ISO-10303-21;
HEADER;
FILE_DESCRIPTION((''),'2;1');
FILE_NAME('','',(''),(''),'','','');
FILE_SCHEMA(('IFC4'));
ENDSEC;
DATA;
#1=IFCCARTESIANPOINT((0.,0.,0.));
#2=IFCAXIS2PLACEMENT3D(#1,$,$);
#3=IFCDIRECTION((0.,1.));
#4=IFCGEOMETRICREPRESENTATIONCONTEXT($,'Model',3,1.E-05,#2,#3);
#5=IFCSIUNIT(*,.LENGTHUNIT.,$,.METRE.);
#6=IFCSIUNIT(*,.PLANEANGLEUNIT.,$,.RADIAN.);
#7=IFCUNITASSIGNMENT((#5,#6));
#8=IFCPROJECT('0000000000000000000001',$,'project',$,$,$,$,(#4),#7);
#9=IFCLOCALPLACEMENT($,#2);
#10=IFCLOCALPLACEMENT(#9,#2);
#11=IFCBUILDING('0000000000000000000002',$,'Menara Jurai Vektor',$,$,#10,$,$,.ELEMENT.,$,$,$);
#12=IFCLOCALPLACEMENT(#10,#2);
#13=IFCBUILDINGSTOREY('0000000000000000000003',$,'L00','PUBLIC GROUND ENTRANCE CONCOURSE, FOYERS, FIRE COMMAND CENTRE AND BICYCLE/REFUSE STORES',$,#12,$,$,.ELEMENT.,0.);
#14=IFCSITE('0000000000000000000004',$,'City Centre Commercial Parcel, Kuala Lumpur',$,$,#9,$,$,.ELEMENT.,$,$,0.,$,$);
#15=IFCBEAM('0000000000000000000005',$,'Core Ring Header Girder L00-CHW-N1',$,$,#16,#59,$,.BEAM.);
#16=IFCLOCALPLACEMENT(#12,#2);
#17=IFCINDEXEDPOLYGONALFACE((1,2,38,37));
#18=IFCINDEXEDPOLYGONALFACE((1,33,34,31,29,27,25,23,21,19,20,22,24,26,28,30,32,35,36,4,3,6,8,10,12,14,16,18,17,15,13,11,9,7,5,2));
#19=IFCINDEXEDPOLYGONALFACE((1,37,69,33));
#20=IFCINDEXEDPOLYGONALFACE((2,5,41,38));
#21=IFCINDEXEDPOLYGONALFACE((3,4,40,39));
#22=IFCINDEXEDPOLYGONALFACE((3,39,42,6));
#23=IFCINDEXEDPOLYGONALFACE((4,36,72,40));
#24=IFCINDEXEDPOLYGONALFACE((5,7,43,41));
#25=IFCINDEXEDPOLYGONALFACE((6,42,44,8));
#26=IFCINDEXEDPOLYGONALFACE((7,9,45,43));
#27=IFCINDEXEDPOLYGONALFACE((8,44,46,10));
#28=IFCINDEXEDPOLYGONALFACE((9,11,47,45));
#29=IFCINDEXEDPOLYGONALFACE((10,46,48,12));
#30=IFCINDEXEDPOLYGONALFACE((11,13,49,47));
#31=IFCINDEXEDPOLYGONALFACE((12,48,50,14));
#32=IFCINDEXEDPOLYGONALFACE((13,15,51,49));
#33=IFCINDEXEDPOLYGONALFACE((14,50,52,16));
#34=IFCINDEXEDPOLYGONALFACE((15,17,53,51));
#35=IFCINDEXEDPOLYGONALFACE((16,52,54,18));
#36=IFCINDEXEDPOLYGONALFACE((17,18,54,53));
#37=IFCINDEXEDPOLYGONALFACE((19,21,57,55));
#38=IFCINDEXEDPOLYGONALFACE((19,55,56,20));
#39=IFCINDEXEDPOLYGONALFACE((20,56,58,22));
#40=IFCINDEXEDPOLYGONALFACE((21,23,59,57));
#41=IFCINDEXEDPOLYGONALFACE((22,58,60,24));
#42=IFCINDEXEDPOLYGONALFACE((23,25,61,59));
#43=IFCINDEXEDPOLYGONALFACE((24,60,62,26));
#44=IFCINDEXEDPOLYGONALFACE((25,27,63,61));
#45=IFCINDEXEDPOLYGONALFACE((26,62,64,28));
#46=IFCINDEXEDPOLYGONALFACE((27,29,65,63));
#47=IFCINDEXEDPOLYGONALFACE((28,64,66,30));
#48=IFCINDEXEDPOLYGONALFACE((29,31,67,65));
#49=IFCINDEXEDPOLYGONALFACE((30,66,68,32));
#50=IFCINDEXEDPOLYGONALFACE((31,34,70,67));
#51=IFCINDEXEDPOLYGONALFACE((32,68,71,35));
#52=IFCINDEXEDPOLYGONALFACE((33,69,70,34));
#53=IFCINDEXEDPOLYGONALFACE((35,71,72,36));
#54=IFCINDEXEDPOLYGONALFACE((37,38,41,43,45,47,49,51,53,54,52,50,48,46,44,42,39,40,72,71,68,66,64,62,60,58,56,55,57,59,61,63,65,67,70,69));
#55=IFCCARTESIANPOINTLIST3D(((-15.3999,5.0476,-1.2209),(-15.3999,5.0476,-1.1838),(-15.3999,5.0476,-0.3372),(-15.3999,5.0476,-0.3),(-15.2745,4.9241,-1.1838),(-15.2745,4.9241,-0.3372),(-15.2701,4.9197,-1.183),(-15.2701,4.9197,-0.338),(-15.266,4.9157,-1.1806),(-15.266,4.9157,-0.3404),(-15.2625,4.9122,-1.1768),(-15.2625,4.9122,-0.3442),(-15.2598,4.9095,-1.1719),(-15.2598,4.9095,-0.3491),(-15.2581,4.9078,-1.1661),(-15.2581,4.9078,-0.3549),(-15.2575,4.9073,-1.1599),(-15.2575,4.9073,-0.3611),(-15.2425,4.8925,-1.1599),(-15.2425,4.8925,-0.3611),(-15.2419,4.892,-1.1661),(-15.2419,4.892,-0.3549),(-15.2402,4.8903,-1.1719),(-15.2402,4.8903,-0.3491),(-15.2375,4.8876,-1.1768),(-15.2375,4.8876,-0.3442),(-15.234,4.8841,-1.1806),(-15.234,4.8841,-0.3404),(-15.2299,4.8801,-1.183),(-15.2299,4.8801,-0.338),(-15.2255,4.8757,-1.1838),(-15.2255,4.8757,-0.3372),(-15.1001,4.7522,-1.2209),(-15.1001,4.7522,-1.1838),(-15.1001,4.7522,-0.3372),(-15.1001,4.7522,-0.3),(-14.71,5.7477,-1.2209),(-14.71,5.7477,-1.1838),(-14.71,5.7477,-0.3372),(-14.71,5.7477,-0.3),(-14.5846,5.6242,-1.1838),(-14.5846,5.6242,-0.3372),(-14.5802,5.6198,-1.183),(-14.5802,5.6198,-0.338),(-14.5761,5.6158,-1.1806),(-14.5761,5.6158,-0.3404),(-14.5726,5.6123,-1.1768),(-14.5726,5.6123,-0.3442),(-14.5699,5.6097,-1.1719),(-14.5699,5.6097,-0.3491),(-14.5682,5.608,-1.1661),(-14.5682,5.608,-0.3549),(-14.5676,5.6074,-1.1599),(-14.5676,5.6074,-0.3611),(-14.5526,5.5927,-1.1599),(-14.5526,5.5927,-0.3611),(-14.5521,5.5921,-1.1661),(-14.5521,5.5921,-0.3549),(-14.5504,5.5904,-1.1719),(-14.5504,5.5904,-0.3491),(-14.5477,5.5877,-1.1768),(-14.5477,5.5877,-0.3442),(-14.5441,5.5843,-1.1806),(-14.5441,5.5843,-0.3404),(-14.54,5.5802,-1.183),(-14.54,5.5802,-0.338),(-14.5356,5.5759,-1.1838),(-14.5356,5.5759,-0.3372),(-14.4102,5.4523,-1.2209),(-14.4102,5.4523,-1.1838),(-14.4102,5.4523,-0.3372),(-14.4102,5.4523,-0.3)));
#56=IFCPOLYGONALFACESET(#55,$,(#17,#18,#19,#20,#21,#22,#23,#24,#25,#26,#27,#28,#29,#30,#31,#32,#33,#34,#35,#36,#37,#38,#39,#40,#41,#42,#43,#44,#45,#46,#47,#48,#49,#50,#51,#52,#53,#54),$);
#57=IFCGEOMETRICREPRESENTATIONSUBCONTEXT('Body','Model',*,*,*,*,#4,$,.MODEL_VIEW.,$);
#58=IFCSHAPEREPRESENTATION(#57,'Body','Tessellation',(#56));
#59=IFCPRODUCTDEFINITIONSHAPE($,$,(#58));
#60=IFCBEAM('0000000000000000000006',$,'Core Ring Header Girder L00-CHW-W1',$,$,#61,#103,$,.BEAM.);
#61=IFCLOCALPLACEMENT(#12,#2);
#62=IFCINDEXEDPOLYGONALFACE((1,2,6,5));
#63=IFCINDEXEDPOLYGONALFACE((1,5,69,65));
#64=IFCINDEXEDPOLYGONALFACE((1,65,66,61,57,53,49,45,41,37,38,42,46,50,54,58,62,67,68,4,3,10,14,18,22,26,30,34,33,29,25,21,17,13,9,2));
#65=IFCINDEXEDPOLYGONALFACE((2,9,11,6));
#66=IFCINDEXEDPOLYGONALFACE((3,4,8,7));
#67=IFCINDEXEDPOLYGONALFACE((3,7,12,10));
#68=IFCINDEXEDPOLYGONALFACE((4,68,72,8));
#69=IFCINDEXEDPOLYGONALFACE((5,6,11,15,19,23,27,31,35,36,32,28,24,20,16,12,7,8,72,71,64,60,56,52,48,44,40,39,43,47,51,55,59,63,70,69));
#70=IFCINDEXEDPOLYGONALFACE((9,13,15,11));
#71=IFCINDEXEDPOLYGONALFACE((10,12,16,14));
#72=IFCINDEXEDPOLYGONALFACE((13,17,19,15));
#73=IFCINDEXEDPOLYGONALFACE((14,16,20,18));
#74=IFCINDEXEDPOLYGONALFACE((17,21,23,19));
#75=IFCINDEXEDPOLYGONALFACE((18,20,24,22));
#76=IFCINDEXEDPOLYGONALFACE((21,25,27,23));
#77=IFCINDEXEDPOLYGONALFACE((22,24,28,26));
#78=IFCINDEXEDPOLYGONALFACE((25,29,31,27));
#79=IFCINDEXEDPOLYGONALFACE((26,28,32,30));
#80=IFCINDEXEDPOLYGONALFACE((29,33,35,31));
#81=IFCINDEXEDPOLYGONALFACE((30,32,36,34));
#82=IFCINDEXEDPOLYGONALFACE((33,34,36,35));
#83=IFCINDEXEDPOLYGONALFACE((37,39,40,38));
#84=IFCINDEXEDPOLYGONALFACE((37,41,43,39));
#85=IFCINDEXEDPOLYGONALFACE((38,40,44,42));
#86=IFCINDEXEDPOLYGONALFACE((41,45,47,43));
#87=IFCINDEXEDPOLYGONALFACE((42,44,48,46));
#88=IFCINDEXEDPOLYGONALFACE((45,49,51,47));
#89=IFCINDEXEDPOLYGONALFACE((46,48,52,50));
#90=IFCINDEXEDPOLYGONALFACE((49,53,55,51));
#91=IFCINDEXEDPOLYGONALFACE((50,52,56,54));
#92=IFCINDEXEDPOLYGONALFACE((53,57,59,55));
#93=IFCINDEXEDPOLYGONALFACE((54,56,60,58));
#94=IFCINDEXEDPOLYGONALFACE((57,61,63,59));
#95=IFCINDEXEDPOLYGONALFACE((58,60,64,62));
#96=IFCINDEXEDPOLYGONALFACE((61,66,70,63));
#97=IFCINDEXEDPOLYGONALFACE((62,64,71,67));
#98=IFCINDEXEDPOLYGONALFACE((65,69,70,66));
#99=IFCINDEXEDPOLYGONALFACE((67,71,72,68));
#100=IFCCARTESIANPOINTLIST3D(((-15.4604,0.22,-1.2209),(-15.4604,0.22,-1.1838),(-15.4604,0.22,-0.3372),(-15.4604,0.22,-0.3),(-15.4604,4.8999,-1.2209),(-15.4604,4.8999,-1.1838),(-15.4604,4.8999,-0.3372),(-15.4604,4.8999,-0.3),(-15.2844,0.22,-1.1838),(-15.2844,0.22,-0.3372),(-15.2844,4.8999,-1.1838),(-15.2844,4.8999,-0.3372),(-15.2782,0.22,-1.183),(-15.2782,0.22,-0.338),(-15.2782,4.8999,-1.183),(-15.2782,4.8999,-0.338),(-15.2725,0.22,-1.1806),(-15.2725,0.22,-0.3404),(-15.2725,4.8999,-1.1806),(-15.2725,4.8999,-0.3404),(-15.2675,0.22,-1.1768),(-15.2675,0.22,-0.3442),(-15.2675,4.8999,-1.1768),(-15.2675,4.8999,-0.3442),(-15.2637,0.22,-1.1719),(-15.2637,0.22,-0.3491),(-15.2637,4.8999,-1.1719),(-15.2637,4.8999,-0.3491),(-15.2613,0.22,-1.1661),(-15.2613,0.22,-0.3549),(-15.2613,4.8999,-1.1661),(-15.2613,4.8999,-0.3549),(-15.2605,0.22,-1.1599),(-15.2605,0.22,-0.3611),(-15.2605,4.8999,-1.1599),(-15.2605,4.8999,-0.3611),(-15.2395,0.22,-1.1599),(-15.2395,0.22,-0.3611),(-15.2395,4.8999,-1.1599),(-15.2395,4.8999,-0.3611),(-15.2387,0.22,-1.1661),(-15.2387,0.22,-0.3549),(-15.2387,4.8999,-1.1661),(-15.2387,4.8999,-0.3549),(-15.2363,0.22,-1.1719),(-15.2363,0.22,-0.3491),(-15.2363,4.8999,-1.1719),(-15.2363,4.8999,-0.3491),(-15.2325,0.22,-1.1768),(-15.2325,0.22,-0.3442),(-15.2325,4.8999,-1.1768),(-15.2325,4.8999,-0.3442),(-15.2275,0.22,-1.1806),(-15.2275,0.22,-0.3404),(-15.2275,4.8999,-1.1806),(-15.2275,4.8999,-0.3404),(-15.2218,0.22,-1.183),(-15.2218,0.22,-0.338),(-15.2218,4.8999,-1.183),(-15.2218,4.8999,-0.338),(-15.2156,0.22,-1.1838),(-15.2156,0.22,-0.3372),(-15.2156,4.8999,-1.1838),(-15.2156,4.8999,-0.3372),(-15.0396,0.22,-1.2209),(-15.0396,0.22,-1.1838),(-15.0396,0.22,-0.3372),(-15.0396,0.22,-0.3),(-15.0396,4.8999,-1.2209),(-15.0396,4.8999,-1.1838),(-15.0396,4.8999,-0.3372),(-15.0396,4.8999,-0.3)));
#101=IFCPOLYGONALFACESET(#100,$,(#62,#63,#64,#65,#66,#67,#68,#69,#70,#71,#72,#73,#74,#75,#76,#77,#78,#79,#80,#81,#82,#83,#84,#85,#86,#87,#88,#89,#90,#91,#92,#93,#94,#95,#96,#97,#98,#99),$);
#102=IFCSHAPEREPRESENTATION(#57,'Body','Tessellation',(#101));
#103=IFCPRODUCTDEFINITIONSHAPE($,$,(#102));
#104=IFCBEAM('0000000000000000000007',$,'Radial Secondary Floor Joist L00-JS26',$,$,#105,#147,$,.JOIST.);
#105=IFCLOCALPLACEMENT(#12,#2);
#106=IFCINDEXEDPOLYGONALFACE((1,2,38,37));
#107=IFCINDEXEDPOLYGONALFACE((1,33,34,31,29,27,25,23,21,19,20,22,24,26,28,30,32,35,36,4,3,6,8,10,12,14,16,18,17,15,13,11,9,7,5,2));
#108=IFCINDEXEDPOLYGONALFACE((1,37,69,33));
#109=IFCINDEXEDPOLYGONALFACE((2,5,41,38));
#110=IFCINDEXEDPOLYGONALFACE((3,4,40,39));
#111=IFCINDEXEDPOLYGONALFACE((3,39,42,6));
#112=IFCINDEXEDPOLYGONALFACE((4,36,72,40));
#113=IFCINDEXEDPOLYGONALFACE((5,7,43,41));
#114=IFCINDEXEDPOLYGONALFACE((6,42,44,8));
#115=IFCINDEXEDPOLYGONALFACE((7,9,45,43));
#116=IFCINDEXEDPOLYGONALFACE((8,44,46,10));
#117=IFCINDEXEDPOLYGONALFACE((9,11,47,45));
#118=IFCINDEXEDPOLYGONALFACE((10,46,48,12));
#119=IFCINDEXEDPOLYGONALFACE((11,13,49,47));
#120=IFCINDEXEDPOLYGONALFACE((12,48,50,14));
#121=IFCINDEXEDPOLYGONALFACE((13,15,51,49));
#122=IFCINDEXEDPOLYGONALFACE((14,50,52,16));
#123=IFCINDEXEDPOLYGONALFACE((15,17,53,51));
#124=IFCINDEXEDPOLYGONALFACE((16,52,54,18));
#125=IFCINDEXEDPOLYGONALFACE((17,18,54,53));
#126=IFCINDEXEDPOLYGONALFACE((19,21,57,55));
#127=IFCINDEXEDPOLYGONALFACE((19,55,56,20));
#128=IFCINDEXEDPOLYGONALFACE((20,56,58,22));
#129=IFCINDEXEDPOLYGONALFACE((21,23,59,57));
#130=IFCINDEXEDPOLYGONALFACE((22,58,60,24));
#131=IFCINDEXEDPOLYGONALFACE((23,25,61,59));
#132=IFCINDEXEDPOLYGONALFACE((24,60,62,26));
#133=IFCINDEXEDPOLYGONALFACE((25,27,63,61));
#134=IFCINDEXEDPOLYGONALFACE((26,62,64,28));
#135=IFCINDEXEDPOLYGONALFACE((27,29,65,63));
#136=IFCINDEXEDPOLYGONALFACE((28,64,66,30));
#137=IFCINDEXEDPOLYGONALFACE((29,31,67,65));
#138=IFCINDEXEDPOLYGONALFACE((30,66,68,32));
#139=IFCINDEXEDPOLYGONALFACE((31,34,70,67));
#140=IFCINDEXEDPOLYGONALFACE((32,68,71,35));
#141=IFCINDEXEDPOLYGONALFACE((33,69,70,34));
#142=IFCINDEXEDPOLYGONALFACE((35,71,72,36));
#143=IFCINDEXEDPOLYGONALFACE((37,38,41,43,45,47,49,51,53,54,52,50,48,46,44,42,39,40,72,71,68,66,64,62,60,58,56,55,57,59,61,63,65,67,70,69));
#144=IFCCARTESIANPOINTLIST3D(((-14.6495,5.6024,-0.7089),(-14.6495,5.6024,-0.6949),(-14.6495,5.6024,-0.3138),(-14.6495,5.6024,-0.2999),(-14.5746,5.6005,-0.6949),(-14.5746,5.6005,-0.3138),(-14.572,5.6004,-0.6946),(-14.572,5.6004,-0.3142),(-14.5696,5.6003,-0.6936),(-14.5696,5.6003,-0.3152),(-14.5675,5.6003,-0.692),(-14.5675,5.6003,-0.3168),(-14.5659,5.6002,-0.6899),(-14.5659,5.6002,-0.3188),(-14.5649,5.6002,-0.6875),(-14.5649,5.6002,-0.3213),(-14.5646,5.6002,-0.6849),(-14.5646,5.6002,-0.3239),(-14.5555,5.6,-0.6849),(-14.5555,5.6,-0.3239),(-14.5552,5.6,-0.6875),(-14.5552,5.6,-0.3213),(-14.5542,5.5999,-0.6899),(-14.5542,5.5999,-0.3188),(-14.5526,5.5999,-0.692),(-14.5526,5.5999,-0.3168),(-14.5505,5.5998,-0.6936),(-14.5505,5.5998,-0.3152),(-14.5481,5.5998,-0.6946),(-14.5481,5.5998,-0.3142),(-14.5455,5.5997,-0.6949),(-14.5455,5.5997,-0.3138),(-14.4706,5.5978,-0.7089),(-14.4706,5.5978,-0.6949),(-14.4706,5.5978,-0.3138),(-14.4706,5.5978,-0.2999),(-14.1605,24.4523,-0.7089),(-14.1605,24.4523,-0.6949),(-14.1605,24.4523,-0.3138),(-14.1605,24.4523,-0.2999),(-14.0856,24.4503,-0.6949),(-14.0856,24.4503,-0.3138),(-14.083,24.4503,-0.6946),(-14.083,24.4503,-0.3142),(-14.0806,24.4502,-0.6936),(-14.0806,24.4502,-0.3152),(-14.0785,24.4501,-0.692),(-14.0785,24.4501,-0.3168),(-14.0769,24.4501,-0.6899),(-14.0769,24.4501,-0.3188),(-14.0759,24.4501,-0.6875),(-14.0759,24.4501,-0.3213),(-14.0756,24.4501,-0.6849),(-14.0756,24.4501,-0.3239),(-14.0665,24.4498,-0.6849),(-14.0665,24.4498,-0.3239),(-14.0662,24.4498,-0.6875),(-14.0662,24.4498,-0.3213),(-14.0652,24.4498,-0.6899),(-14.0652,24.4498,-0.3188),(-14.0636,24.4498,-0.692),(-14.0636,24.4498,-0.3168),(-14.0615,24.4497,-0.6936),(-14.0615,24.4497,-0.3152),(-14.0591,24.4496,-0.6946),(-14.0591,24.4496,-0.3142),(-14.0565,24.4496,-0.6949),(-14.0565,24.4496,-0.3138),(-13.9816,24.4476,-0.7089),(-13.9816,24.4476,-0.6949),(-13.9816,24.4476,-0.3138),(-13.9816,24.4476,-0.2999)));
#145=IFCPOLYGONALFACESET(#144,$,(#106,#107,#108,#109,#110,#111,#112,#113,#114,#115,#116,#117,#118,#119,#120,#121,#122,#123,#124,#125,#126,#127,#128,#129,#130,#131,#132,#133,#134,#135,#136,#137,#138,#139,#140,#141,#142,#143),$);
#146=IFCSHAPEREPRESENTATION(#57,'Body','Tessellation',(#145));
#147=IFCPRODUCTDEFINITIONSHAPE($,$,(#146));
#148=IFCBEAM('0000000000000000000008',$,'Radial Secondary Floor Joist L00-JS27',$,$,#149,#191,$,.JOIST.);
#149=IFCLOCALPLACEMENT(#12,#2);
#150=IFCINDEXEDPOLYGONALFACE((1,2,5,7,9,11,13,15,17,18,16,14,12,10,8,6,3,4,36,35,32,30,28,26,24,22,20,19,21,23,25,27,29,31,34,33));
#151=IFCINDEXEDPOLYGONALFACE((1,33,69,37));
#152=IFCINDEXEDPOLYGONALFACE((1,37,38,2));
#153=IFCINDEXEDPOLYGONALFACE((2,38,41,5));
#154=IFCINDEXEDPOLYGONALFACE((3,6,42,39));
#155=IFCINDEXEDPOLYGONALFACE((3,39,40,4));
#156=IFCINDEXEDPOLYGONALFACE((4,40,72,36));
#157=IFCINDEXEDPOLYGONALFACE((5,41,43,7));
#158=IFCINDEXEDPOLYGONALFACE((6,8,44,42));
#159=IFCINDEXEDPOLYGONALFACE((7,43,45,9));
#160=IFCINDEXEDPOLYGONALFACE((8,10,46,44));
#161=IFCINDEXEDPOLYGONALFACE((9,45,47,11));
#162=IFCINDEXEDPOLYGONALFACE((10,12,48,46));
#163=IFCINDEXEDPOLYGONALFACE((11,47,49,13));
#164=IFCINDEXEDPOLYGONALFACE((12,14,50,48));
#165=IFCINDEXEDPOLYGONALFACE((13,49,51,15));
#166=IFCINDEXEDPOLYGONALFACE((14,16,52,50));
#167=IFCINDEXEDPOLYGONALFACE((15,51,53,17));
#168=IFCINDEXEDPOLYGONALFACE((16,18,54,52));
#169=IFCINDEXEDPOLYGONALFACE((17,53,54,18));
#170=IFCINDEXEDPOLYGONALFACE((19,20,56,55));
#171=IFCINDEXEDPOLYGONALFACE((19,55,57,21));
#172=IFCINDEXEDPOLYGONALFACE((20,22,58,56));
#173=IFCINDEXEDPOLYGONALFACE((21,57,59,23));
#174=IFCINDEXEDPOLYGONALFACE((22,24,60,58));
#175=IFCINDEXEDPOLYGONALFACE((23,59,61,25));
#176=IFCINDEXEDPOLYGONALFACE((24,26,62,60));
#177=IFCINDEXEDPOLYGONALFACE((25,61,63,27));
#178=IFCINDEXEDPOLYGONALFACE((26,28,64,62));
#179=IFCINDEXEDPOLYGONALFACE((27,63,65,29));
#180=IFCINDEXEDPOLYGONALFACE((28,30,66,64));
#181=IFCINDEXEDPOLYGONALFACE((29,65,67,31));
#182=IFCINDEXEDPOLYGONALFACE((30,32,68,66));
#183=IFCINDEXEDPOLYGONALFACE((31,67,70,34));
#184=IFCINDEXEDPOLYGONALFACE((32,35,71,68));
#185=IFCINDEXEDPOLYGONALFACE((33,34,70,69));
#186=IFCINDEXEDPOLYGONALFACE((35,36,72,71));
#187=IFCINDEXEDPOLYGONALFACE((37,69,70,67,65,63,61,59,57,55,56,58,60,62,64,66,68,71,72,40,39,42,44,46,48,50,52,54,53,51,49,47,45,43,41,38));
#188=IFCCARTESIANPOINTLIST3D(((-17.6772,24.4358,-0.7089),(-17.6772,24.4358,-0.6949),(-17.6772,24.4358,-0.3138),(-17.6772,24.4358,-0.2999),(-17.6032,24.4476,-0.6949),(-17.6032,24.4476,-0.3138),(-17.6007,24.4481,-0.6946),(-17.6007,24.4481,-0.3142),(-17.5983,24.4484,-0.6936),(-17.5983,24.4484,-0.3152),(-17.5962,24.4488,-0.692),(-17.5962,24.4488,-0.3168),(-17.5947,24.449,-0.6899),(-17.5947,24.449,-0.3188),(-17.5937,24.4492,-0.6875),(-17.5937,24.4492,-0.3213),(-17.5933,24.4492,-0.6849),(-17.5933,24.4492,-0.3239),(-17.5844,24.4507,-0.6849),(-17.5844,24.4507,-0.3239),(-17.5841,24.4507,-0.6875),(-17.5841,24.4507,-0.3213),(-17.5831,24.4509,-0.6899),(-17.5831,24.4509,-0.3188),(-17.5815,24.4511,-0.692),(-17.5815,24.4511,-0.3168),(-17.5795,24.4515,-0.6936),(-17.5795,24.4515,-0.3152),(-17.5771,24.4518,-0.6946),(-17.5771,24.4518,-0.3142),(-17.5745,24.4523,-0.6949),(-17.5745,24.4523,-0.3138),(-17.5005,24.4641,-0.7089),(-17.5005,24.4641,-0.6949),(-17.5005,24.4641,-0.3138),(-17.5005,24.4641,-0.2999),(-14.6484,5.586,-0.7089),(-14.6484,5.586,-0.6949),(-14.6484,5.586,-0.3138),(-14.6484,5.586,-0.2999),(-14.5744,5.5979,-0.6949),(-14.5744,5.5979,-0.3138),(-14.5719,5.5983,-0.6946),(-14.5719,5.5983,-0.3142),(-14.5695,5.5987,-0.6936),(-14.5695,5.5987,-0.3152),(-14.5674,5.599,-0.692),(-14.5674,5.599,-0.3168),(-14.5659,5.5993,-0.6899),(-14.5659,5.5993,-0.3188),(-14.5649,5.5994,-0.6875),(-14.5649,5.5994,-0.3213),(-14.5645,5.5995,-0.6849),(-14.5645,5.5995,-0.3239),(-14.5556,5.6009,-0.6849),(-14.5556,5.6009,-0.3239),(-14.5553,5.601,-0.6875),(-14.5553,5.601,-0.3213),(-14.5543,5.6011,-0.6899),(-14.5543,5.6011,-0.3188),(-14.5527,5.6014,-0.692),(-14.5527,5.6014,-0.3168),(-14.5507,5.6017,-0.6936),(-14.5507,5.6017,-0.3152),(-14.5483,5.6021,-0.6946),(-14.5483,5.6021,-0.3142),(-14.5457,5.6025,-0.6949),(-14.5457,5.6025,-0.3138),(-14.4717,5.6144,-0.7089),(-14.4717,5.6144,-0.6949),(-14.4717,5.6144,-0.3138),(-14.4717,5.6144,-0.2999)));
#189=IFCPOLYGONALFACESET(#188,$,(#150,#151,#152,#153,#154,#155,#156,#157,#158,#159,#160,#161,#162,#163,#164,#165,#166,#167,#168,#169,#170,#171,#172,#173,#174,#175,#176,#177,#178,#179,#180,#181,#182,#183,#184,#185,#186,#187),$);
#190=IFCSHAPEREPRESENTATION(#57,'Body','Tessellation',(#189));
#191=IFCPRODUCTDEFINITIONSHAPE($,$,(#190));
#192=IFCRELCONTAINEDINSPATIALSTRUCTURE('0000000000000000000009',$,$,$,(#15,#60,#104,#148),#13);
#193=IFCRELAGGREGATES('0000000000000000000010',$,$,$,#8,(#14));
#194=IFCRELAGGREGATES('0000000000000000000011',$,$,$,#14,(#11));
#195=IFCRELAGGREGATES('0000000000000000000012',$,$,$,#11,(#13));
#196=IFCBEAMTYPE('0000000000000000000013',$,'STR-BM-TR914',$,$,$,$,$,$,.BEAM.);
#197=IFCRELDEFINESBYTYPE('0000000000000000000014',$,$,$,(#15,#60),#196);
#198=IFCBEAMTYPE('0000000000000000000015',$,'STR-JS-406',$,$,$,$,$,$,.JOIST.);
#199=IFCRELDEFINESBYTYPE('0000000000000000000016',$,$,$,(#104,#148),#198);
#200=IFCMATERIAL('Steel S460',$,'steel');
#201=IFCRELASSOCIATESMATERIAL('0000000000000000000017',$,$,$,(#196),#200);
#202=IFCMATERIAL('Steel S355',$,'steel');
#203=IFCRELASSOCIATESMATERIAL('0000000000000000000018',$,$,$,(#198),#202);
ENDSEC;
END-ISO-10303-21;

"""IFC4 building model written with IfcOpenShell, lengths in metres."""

from ifc_helpers import new_model, si_unit, direction, frame, origin, origin_2d, place, context, subcontext, project, spatial, i_section, extrude, material, material_profile, profile_set, type_object, element, save


model = new_model("IFC4")

# Units and contexts
model_context = context("Model", 3, precision=1e-05, world=origin(), true_north=direction((0.0, 1.0)))
body_context = subcontext(model_context, "Body", "Model", "MODEL_VIEW")
ifc_project = project(units=[si_unit("LENGTHUNIT", "METRE"), si_unit("PLANEANGLEUNIT", "RADIAN")], contexts=[model_context])

# Site, building, storey
site_placement = place(None, origin())
site = spatial("IfcSite", under=ifc_project, at=site_placement, Name="City Centre Commercial Parcel, Kuala Lumpur", CompositionType="ELEMENT", RefElevation=0.0)
building_placement = place(site_placement, origin())
building = spatial("IfcBuilding", under=site, at=building_placement, Name="Menara Jurai Vektor", CompositionType="ELEMENT")
storey_placement = place(building_placement, origin())
storey = spatial("IfcBuildingStorey", under=building, at=storey_placement, Name="L00", Description="PUBLIC GROUND ENTRANCE CONCOURSE, FOYERS, FIRE COMMAND CENTRE AND BICYCLE/REFUSE STORES", CompositionType="ELEMENT", Elevation=0.0)

# Shared definitions
ifc_material_1 = material(Name="Steel S460", Category="steel")

# Beams
ifc_material_2 = material(Name="Steel S355", Category="steel")
ifc_material_profile_1 = material_profile(ifc_material_1, i_section(OverallWidth=0.4209, OverallDepth=0.9209, WebThickness=0.021, FlangeThickness=0.0371, FilletRadius=0.0239, at=origin_2d()), Name="UKB 914x419x388")
ifc_profile_set_1 = profile_set([ifc_material_profile_1], Name="Steel S460")
beam_type_1 = type_object("IfcBeamType", Name="STR-BM-TR914", PredefinedType="BEAM", material=ifc_profile_set_1)
beam_1_placement = place(storey_placement, frame((-15.25, 4.8999, -0.7605), z_axis=(0.701872, 0.712303, 0.0), x_axis=(-0.712303, 0.701872, 0.0)))
element("IfcBeam", 1, at=beam_1_placement, inside=storey, type_object=beam_type_1, Name="Core Ring Header Girder L00-CHW-N1", PredefinedType="BEAM", context=body_context, shape_type="SweptSolid", body=[
    extrude(i_section(OverallWidth=0.4209, OverallDepth=0.9209, WebThickness=0.021, FlangeThickness=0.0371, FilletRadius=0.0239, at=origin_2d()), origin(), (0.0, 0.0, 1.0), 0.9829),
])
beam_2_placement = place(storey_placement, frame((-15.25, 0.22, -0.7605), z_axis=(0.0, 1.0, 0.0), x_axis=(-1.0, 0.0, 0.0)))
element("IfcBeam", 2, at=beam_2_placement, inside=storey, type_object=beam_type_1, Name="Core Ring Header Girder L00-CHW-W1", PredefinedType="BEAM", context=body_context, shape_type="SweptSolid", body=[
    extrude(i_section(OverallWidth=0.4209, OverallDepth=0.9209, WebThickness=0.021, FlangeThickness=0.0371, FilletRadius=0.0239, at=origin_2d()), origin(), (0.0, 0.0, 1.0), 4.6799),
])
ifc_material_profile_2 = material_profile(ifc_material_2, i_section(OverallWidth=0.179, OverallDepth=0.4089, WebThickness=0.009, FlangeThickness=0.0139, FilletRadius=0.01, at=origin_2d()), Name="UKB 406x178x67")
ifc_profile_set_2 = profile_set([ifc_material_profile_2], Name="Steel S355")
beam_type_2 = type_object("IfcBeamType", Name="STR-JS-406", PredefinedType="JOIST", material=ifc_profile_set_2)
beam_3_placement = place(storey_placement, frame((-14.071, 24.45, -0.5044), z_axis=(-0.025934, -0.999664, 0.0), x_axis=(0.999664, -0.025934, 0.0)))
element("IfcBeam", 3, at=beam_3_placement, inside=storey, type_object=beam_type_2, Name="Radial Secondary Floor Joist L00-JS26", PredefinedType="JOIST", context=body_context, shape_type="SweptSolid", body=[
    extrude(i_section(OverallWidth=0.179, OverallDepth=0.4089, WebThickness=0.009, FlangeThickness=0.0139, FilletRadius=0.01, at=origin_2d()), origin(), (0.0, 0.0, 1.0), 18.8562),
])
beam_4_placement = place(storey_placement, frame((-17.5889, 24.45, -0.5044), z_axis=(0.158646, -0.987336, 0.0), x_axis=(0.987336, 0.158646, 0.0)))
element("IfcBeam", 4, at=beam_4_placement, inside=storey, type_object=beam_type_2, Name="Radial Secondary Floor Joist L00-JS27", PredefinedType="JOIST", context=body_context, shape_type="SweptSolid", body=[
    extrude(i_section(OverallWidth=0.179, OverallDepth=0.4089, WebThickness=0.009, FlangeThickness=0.0139, FilletRadius=0.01, at=origin_2d()), origin(), (0.0, 0.0, 1.0), 19.0916),
])

save(model, "model.ifc")
